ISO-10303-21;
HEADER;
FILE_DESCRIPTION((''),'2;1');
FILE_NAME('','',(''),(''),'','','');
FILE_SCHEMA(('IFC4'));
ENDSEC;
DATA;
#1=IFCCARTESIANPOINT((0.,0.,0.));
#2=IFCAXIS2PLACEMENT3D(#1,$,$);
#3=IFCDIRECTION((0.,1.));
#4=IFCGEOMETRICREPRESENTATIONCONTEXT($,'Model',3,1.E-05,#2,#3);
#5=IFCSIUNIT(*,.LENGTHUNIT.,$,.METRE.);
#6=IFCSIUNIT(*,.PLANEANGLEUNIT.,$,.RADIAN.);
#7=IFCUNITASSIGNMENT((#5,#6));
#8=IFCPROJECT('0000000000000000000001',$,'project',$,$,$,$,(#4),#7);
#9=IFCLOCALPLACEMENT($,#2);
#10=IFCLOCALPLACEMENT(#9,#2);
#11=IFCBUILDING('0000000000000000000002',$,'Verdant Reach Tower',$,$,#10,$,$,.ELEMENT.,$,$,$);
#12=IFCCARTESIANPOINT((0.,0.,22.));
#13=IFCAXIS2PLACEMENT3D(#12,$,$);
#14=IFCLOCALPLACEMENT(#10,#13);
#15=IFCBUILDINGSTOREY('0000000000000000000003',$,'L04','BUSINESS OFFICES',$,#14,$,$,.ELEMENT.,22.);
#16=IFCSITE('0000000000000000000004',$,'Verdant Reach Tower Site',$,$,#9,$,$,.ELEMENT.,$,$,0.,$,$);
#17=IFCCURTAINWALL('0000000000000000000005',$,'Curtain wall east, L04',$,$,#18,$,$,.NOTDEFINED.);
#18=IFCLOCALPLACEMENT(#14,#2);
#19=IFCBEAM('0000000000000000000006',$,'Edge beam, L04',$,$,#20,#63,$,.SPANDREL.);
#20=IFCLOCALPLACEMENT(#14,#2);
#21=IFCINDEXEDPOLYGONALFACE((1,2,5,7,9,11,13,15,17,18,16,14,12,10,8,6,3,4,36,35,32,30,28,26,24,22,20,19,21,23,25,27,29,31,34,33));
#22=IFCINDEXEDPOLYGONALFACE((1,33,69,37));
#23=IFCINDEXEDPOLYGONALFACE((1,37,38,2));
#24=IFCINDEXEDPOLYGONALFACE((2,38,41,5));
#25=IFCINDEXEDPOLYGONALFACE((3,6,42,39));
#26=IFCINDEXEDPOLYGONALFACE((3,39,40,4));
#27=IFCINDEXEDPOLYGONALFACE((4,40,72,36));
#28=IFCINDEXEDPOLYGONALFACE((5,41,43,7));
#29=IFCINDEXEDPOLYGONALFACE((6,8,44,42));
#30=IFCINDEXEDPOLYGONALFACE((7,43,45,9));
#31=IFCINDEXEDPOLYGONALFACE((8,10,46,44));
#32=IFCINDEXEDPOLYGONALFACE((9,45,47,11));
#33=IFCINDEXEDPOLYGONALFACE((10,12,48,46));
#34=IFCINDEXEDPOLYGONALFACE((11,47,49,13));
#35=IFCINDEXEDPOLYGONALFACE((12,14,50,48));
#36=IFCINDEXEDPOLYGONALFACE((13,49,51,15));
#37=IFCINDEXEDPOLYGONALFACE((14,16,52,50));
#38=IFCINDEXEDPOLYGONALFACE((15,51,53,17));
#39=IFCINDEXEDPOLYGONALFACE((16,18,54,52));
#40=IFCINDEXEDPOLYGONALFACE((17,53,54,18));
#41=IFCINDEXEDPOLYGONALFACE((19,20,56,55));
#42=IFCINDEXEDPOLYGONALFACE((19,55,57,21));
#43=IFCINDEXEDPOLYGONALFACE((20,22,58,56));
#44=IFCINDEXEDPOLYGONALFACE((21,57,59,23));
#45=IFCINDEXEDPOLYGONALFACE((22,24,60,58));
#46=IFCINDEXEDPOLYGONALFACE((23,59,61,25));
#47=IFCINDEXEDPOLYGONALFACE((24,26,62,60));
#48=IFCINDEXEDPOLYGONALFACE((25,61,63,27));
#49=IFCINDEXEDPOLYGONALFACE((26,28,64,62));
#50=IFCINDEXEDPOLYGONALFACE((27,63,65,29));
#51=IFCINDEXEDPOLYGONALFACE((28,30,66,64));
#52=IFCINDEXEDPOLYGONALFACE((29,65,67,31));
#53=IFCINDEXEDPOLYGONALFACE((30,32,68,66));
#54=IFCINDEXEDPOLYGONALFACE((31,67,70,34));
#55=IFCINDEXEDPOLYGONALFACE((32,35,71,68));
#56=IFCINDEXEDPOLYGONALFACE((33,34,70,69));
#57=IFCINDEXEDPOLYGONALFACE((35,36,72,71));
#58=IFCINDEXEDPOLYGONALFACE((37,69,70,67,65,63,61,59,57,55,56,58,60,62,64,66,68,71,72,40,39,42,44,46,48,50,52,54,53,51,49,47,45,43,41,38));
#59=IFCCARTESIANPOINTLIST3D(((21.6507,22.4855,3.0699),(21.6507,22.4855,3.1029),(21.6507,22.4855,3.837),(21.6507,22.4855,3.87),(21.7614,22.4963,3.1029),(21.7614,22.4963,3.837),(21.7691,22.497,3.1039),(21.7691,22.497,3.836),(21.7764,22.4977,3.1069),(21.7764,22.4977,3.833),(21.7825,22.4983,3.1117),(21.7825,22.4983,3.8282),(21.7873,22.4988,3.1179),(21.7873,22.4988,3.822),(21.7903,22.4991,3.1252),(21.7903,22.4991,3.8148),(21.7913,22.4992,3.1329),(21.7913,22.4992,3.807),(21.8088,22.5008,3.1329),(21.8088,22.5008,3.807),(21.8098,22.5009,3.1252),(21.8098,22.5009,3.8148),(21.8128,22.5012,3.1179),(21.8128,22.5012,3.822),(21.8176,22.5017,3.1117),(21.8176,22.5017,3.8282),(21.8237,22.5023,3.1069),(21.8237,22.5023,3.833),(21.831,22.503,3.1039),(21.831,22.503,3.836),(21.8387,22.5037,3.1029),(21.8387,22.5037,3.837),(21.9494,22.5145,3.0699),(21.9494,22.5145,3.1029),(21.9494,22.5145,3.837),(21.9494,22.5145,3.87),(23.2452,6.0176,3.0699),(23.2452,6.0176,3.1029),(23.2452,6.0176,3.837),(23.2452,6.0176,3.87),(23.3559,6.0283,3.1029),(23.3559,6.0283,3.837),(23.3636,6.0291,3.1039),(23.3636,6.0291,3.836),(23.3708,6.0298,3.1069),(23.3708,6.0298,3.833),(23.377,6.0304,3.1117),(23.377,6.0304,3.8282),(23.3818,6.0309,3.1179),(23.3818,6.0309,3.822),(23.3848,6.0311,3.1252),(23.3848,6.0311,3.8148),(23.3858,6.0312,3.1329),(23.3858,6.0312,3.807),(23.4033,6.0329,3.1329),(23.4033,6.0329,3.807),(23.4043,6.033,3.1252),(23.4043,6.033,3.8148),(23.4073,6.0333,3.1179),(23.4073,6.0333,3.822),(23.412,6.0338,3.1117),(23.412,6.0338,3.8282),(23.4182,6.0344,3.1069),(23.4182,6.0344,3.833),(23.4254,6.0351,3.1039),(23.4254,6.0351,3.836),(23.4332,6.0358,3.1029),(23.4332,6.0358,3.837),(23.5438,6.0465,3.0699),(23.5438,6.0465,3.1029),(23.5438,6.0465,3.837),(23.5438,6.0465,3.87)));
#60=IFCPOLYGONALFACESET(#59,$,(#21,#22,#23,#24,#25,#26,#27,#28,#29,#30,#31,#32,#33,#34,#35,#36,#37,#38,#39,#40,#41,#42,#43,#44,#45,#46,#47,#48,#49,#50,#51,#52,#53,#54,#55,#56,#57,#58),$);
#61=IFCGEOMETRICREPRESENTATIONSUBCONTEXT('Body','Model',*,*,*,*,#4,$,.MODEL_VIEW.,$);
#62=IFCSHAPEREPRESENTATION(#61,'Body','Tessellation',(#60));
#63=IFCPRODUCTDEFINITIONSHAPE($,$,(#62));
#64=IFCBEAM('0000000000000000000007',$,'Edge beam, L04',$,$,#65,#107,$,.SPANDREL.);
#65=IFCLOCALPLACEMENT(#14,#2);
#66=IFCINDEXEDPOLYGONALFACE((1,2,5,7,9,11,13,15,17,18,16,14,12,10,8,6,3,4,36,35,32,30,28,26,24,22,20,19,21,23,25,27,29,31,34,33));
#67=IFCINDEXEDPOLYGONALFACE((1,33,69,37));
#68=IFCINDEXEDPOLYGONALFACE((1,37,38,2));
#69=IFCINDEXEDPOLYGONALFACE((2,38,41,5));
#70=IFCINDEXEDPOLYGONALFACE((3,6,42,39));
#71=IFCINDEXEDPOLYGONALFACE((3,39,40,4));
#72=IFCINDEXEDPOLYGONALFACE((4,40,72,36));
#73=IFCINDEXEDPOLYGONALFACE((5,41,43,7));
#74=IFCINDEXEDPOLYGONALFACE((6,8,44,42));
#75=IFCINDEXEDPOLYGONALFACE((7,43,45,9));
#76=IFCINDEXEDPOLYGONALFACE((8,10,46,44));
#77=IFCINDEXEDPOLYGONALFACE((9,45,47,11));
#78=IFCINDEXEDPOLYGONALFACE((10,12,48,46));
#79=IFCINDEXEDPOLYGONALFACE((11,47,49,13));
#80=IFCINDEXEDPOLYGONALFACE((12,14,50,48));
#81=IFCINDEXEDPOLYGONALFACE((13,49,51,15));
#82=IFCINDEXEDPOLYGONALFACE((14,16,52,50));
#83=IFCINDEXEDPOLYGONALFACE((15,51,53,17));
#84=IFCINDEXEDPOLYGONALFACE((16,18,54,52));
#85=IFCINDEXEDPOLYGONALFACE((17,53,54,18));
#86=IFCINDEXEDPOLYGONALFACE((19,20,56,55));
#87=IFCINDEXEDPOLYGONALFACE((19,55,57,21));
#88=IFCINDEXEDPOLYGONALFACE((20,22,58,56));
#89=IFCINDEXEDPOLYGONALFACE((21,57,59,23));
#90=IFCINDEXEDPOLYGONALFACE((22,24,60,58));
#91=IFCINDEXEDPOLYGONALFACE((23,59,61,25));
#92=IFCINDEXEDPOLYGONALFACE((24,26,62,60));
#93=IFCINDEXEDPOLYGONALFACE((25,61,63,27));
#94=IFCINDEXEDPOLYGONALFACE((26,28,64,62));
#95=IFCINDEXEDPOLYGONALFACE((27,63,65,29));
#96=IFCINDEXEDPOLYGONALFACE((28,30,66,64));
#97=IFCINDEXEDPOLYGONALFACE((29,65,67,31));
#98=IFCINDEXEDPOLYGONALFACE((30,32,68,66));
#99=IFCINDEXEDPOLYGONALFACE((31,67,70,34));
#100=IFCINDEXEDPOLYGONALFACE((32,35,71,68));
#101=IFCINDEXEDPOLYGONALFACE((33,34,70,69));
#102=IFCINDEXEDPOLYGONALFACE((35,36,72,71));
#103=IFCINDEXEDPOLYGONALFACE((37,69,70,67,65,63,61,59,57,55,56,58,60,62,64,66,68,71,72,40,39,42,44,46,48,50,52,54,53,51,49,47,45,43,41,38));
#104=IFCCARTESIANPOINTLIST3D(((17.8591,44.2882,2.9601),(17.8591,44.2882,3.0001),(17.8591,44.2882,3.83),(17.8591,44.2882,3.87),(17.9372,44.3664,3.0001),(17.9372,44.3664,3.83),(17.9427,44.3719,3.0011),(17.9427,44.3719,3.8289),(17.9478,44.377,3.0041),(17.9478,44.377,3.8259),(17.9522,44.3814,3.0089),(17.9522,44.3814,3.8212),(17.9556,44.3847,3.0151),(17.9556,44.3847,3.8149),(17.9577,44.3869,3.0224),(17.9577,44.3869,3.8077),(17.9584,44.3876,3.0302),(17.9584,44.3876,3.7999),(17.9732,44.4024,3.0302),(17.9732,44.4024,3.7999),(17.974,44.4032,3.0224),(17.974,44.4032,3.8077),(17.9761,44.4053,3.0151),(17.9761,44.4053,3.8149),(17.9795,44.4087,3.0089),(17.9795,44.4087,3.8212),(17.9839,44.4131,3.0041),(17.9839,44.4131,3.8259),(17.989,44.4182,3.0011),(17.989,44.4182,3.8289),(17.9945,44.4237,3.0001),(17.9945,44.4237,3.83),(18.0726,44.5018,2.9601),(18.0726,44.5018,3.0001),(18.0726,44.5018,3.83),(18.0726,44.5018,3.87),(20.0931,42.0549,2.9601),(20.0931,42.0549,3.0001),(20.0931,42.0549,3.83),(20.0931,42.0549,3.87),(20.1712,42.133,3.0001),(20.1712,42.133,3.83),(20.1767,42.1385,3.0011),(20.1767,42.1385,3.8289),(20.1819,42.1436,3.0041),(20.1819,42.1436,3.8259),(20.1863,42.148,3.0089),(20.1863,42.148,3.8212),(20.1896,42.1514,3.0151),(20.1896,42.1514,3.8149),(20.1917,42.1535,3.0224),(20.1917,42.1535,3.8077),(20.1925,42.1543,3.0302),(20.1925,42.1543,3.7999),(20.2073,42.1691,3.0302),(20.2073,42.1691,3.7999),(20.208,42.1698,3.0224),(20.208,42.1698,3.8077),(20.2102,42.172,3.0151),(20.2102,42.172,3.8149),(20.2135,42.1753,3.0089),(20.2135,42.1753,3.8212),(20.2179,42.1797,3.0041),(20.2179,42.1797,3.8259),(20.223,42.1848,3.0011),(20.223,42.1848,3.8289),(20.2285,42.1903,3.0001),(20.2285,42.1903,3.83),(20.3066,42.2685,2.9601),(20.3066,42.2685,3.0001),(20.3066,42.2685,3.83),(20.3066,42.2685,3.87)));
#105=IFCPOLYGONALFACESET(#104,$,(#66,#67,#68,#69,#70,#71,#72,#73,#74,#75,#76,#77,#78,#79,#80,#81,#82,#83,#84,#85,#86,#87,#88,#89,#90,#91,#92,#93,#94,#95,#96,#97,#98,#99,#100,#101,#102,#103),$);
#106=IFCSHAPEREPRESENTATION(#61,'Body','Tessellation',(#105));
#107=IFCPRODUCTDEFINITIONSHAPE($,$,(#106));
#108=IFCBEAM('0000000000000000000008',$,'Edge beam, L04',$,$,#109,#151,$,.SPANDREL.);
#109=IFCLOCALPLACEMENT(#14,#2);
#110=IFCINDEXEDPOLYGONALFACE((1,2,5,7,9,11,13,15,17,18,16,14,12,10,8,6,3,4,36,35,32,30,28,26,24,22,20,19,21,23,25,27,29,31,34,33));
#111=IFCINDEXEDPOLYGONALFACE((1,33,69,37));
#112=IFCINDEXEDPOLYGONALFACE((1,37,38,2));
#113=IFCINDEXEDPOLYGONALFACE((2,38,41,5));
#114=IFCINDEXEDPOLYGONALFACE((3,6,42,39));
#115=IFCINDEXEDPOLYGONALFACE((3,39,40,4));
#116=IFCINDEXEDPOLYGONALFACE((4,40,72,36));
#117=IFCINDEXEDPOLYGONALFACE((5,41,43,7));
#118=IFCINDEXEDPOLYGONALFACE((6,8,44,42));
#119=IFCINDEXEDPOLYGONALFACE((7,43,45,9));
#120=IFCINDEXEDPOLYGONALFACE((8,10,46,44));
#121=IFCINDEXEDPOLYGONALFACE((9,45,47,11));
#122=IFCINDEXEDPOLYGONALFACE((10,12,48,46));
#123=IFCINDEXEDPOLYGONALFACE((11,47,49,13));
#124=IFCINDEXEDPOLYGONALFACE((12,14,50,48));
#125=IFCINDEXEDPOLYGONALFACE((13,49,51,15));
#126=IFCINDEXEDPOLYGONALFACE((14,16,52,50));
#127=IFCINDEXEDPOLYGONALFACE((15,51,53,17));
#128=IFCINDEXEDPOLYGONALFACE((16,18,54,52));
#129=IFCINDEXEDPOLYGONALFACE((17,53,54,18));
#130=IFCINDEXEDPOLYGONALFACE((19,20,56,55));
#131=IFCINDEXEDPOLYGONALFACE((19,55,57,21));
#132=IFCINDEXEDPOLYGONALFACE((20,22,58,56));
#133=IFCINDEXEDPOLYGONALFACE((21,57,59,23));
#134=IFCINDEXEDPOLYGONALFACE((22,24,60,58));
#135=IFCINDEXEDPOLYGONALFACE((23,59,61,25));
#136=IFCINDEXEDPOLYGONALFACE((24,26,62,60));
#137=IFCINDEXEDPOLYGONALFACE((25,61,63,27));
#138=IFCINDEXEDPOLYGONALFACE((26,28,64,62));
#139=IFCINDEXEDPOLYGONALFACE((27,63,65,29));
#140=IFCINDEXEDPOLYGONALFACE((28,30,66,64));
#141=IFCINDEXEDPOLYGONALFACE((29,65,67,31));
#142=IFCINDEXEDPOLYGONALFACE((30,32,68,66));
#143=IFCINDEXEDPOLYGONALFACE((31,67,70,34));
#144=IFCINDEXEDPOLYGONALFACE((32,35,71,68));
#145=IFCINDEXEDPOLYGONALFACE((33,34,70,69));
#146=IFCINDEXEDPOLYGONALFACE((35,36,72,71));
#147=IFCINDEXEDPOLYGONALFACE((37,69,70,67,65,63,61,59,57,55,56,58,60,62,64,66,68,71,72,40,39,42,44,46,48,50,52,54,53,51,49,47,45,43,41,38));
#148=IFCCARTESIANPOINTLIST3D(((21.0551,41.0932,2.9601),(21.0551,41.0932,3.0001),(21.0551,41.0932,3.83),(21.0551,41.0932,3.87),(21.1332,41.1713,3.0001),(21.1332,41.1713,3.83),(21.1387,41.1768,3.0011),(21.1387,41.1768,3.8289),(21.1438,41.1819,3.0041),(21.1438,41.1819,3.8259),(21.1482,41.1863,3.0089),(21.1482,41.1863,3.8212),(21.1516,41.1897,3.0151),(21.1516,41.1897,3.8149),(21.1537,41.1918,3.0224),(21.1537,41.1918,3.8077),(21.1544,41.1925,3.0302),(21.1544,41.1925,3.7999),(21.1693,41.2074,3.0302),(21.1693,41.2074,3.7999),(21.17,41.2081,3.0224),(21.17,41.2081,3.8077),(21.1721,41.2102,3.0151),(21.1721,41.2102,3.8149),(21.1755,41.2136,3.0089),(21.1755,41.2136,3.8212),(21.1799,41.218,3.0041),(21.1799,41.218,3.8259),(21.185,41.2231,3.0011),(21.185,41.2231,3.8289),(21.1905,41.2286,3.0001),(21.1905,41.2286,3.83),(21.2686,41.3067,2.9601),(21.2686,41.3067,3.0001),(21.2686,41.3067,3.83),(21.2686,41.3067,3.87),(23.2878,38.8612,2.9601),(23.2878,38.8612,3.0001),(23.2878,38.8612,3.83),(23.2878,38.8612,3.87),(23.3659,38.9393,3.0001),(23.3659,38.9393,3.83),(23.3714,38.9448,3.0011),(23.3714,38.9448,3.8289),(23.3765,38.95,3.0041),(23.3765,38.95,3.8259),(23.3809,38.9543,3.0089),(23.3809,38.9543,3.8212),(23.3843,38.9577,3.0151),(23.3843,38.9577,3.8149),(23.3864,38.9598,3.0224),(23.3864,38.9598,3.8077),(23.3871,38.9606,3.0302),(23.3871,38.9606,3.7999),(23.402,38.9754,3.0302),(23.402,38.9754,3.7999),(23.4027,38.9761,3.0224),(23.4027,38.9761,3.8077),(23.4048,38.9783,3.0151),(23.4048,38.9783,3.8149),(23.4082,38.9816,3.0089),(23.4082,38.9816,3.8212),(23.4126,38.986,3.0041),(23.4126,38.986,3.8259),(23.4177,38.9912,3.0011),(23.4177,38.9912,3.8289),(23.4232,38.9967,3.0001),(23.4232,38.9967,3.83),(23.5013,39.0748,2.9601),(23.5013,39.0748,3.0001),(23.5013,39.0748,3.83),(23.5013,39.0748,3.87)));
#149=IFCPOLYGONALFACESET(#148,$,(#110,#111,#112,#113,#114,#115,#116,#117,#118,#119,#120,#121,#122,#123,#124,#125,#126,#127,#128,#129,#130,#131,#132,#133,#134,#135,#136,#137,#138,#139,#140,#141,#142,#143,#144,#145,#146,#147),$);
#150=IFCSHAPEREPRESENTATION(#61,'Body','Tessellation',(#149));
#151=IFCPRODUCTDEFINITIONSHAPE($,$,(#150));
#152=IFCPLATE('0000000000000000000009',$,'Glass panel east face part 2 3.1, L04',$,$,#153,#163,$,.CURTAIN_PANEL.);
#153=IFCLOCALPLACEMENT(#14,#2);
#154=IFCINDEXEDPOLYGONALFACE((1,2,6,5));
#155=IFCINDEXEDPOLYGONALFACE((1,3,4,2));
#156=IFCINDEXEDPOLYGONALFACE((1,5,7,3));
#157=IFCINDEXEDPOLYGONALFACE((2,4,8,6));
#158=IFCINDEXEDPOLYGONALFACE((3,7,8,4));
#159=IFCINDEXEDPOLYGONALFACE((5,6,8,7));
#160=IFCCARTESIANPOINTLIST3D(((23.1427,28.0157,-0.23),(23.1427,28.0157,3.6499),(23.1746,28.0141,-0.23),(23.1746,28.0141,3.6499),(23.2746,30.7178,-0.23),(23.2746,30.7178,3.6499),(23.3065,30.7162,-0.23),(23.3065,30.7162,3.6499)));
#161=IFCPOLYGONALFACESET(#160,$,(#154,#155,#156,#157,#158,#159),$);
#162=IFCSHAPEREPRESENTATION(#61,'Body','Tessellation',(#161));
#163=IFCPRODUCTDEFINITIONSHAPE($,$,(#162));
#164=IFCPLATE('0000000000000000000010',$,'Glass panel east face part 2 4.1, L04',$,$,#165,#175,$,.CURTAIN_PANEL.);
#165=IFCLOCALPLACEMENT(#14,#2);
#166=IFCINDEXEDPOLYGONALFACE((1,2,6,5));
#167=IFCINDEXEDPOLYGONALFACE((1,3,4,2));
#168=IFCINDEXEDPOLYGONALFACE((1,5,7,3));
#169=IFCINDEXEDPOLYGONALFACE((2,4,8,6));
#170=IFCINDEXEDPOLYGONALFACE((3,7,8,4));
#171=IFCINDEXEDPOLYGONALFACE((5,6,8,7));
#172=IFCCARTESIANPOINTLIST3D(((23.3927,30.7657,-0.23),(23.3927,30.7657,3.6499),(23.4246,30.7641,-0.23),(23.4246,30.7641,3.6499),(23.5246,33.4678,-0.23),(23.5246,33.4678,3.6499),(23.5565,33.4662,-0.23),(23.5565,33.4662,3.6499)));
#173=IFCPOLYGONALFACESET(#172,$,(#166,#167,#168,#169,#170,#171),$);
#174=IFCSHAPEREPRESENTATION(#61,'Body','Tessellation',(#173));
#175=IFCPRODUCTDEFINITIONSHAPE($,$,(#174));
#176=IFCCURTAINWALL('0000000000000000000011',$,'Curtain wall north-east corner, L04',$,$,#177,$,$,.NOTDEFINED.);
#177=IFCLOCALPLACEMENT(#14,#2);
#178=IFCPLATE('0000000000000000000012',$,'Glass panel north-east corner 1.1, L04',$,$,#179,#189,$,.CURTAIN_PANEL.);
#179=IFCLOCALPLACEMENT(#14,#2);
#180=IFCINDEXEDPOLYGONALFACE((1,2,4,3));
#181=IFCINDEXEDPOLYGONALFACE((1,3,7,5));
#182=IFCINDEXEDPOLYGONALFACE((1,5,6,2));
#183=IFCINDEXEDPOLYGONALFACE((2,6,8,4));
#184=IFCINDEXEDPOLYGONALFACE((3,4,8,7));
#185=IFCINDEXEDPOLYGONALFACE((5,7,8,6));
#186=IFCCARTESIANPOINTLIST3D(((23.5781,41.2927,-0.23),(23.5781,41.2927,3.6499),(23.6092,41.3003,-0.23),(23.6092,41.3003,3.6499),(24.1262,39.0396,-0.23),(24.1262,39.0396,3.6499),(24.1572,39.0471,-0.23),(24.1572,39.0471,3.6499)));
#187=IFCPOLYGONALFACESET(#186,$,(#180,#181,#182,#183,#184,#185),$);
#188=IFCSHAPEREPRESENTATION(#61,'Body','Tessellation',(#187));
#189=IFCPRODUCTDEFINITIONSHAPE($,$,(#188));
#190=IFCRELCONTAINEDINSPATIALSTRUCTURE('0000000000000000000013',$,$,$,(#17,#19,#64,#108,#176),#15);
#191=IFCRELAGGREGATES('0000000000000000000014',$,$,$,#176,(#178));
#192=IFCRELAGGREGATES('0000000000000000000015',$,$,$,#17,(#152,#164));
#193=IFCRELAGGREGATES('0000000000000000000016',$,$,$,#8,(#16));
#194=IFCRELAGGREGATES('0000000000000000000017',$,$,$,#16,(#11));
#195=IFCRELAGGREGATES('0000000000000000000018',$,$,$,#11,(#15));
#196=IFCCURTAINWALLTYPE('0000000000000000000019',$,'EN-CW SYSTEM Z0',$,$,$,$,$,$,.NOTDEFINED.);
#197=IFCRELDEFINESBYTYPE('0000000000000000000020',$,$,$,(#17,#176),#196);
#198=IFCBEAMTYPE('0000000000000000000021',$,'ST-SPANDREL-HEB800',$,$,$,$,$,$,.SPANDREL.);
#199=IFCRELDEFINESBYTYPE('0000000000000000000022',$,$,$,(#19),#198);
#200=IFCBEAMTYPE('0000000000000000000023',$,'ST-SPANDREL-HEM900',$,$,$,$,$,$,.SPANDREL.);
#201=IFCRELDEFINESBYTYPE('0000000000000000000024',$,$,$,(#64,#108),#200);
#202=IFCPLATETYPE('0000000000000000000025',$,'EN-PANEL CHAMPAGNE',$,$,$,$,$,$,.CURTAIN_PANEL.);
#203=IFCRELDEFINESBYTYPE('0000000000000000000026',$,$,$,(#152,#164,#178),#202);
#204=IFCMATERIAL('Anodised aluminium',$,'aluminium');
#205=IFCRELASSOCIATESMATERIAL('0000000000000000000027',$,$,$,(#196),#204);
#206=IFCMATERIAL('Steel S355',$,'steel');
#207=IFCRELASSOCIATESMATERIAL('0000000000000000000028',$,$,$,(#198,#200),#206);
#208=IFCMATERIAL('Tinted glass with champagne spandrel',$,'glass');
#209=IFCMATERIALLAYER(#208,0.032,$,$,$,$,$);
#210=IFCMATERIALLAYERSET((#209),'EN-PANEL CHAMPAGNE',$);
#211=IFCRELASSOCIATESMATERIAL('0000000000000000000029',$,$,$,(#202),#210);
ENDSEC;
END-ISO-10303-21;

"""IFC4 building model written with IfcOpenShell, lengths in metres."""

from ifc_helpers import new_model, si_unit, direction, frame, origin, origin_2d, place, context, subcontext, project, spatial, rectangle, i_section, extrude, material, layer, layer_set, material_profile, profile_set, type_object, element, aggregate, save


model = new_model("IFC4")

# Units and contexts
model_context = context("Model", 3, precision=1e-05, world=origin(), true_north=direction((0.0, 1.0)))
body_context = subcontext(model_context, "Body", "Model", "MODEL_VIEW")
ifc_project = project(units=[si_unit("LENGTHUNIT", "METRE"), si_unit("PLANEANGLEUNIT", "RADIAN")], contexts=[model_context])

# Site, building, storey
site_placement = place(None, origin())
site = spatial("IfcSite", under=ifc_project, at=site_placement, Name="Verdant Reach Tower Site", CompositionType="ELEMENT", RefElevation=0.0)
building_placement = place(site_placement, origin())
building = spatial("IfcBuilding", under=site, at=building_placement, Name="Verdant Reach Tower", CompositionType="ELEMENT")
storey_placement = place(building_placement, frame((0.0, 0.0, 22.0)))
storey = spatial("IfcBuildingStorey", under=building, at=storey_placement, Name="L04", Description="BUSINESS OFFICES", CompositionType="ELEMENT", Elevation=22.0)

# Curtain wall
ifc_material_1 = material(Name="Anodised aluminium", Category="aluminium")
curtain_wall_type = type_object("IfcCurtainWallType", Name="EN-CW SYSTEM Z0", PredefinedType="NOTDEFINED", material=ifc_material_1)
curtain_wall_1_placement = place(storey_placement, origin())
curtain_wall_1 = element("IfcCurtainWall", 1, at=curtain_wall_1_placement, inside=storey, type_object=curtain_wall_type, Name="Curtain wall east, L04", PredefinedType="NOTDEFINED")

# Beams
ifc_material_2 = material(Name="Steel S355", Category="steel")
ifc_material_profile_1 = material_profile(ifc_material_2, i_section(OverallWidth=0.3, OverallDepth=0.8, WebThickness=0.0176, FlangeThickness=0.033, FilletRadius=0.03, at=origin_2d()), Name="HEB 800")
ifc_profile_set_1 = profile_set([ifc_material_profile_1], Name="Steel S355")
beam_type_1 = type_object("IfcBeamType", Name="ST-SPANDREL-HEB800", PredefinedType="SPANDREL", material=ifc_profile_set_1)
for number, where, z_axis, x_axis, name in (
    (2, (21.8, 22.5, 3.47), (0.096372, -0.995345, 0.0), (0.995345, 0.096372, 0.0), "Edge beam, L04"),
):
    element("IfcBeam", number, at=place(storey_placement, frame(where, z_axis=z_axis, x_axis=x_axis)), inside=storey, type_object=beam_type_1, Name=name, PredefinedType="SPANDREL", context=body_context, shape_type="SweptSolid", body=[
        extrude(i_section(OverallWidth=0.3, OverallDepth=0.8, WebThickness=0.0176, FlangeThickness=0.033, FilletRadius=0.03, at=origin_2d()), origin(), (0.0, 0.0, 1.0), 16.5449),
    ])
ifc_material_profile_2 = material_profile(ifc_material_2, i_section(OverallWidth=0.302, OverallDepth=0.9099, WebThickness=0.021, FlangeThickness=0.04, FilletRadius=0.03, at=origin_2d()), Name="HEM 900")
ifc_profile_set_2 = profile_set([ifc_material_profile_2], Name="Steel S355")
beam_type_2 = type_object("IfcBeamType", Name="ST-SPANDREL-HEM900", PredefinedType="SPANDREL", material=ifc_profile_set_2)
beam_1_placement = place(storey_placement, frame((17.9658, 44.395, 3.415), z_axis=(0.707223, -0.706991, 0.0), x_axis=(0.706991, 0.707223, 0.0)))
element("IfcBeam", 3, at=beam_1_placement, inside=storey, type_object=beam_type_2, Name="Edge beam, L04", PredefinedType="SPANDREL", context=body_context, shape_type="SweptSolid", body=[
    extrude(i_section(OverallWidth=0.302, OverallDepth=0.9099, WebThickness=0.021, FlangeThickness=0.04, FilletRadius=0.03, at=origin_2d()), origin(), (0.0, 0.0, 1.0), 3.1589),
])
beam_2_placement = place(storey_placement, frame((21.1619, 41.2, 3.415), z_axis=(0.707223, -0.706991, 0.0), x_axis=(0.706991, 0.707223, 0.0)))
element("IfcBeam", 4, at=beam_2_placement, inside=storey, type_object=beam_type_2, Name="Edge beam, L04", PredefinedType="SPANDREL", context=body_context, shape_type="SweptSolid", body=[
    extrude(i_section(OverallWidth=0.302, OverallDepth=0.9099, WebThickness=0.021, FlangeThickness=0.04, FilletRadius=0.03, at=origin_2d()), origin(), (0.0, 0.0, 1.0), 3.157),
])

# Plates
ifc_material_3 = material(Name="Tinted glass with champagne spandrel", Category="glass")
ifc_layer_1 = layer(ifc_material_3, 0.032)
ifc_layer_set_1 = layer_set([ifc_layer_1], Name="EN-PANEL CHAMPAGNE")
plate_type_1 = type_object("IfcPlateType", Name="EN-PANEL CHAMPAGNE", PredefinedType="CURTAIN_PANEL", material=ifc_layer_set_1)
plate_1_placement = place(storey_placement, frame((23.2246, 29.366, -0.23), z_axis=(0.0, 0.0, 1.0), x_axis=(0.048753, 0.998811, 0.0)))
plate_1 = element("IfcPlate", 5, at=plate_1_placement, type_object=plate_type_1, Name="Glass panel east face part 2 3.1, L04", PredefinedType="CURTAIN_PANEL", context=body_context, shape_type="SweptSolid", body=[
    extrude(rectangle(XDim=2.7053, YDim=0.032, at=origin_2d()), origin(), (0.0, 0.0, 1.0), 3.8799),
])
plate_2_placement = place(storey_placement, frame((23.4746, 32.116, -0.23), z_axis=(0.0, 0.0, 1.0), x_axis=(0.048753, 0.998811, 0.0)))
plate_2 = element("IfcPlate", 6, at=plate_2_placement, type_object=plate_type_1, Name="Glass panel east face part 2 4.1, L04", PredefinedType="CURTAIN_PANEL", context=body_context, shape_type="SweptSolid", body=[
    extrude(rectangle(XDim=2.7053, YDim=0.032, at=origin_2d()), origin(), (0.0, 0.0, 1.0), 3.8799),
])

# Curtain wall, plate
curtain_wall_2_placement = place(storey_placement, origin())
curtain_wall_2 = element("IfcCurtainWall", 7, at=curtain_wall_2_placement, inside=storey, type_object=curtain_wall_type, Name="Curtain wall north-east corner, L04", PredefinedType="NOTDEFINED")
plate_3_placement = place(storey_placement, frame((23.8677, 40.1699, -0.23), z_axis=(0.0, 0.0, 1.0), x_axis=(-0.236347, 0.971669, 0.0)))
plate_3 = element("IfcPlate", 8, at=plate_3_placement, type_object=plate_type_1, Name="Glass panel north-east corner 1.1, L04", PredefinedType="CURTAIN_PANEL", context=body_context, shape_type="SweptSolid", body=[
    extrude(rectangle(XDim=2.3188, YDim=0.032, at=origin_2d()), origin(), (0.0, 0.0, 1.0), 3.8799),
])

aggregate(curtain_wall_2, [plate_3])
aggregate(curtain_wall_1, [plate_1, plate_2])

save(model, "model.ifc")
